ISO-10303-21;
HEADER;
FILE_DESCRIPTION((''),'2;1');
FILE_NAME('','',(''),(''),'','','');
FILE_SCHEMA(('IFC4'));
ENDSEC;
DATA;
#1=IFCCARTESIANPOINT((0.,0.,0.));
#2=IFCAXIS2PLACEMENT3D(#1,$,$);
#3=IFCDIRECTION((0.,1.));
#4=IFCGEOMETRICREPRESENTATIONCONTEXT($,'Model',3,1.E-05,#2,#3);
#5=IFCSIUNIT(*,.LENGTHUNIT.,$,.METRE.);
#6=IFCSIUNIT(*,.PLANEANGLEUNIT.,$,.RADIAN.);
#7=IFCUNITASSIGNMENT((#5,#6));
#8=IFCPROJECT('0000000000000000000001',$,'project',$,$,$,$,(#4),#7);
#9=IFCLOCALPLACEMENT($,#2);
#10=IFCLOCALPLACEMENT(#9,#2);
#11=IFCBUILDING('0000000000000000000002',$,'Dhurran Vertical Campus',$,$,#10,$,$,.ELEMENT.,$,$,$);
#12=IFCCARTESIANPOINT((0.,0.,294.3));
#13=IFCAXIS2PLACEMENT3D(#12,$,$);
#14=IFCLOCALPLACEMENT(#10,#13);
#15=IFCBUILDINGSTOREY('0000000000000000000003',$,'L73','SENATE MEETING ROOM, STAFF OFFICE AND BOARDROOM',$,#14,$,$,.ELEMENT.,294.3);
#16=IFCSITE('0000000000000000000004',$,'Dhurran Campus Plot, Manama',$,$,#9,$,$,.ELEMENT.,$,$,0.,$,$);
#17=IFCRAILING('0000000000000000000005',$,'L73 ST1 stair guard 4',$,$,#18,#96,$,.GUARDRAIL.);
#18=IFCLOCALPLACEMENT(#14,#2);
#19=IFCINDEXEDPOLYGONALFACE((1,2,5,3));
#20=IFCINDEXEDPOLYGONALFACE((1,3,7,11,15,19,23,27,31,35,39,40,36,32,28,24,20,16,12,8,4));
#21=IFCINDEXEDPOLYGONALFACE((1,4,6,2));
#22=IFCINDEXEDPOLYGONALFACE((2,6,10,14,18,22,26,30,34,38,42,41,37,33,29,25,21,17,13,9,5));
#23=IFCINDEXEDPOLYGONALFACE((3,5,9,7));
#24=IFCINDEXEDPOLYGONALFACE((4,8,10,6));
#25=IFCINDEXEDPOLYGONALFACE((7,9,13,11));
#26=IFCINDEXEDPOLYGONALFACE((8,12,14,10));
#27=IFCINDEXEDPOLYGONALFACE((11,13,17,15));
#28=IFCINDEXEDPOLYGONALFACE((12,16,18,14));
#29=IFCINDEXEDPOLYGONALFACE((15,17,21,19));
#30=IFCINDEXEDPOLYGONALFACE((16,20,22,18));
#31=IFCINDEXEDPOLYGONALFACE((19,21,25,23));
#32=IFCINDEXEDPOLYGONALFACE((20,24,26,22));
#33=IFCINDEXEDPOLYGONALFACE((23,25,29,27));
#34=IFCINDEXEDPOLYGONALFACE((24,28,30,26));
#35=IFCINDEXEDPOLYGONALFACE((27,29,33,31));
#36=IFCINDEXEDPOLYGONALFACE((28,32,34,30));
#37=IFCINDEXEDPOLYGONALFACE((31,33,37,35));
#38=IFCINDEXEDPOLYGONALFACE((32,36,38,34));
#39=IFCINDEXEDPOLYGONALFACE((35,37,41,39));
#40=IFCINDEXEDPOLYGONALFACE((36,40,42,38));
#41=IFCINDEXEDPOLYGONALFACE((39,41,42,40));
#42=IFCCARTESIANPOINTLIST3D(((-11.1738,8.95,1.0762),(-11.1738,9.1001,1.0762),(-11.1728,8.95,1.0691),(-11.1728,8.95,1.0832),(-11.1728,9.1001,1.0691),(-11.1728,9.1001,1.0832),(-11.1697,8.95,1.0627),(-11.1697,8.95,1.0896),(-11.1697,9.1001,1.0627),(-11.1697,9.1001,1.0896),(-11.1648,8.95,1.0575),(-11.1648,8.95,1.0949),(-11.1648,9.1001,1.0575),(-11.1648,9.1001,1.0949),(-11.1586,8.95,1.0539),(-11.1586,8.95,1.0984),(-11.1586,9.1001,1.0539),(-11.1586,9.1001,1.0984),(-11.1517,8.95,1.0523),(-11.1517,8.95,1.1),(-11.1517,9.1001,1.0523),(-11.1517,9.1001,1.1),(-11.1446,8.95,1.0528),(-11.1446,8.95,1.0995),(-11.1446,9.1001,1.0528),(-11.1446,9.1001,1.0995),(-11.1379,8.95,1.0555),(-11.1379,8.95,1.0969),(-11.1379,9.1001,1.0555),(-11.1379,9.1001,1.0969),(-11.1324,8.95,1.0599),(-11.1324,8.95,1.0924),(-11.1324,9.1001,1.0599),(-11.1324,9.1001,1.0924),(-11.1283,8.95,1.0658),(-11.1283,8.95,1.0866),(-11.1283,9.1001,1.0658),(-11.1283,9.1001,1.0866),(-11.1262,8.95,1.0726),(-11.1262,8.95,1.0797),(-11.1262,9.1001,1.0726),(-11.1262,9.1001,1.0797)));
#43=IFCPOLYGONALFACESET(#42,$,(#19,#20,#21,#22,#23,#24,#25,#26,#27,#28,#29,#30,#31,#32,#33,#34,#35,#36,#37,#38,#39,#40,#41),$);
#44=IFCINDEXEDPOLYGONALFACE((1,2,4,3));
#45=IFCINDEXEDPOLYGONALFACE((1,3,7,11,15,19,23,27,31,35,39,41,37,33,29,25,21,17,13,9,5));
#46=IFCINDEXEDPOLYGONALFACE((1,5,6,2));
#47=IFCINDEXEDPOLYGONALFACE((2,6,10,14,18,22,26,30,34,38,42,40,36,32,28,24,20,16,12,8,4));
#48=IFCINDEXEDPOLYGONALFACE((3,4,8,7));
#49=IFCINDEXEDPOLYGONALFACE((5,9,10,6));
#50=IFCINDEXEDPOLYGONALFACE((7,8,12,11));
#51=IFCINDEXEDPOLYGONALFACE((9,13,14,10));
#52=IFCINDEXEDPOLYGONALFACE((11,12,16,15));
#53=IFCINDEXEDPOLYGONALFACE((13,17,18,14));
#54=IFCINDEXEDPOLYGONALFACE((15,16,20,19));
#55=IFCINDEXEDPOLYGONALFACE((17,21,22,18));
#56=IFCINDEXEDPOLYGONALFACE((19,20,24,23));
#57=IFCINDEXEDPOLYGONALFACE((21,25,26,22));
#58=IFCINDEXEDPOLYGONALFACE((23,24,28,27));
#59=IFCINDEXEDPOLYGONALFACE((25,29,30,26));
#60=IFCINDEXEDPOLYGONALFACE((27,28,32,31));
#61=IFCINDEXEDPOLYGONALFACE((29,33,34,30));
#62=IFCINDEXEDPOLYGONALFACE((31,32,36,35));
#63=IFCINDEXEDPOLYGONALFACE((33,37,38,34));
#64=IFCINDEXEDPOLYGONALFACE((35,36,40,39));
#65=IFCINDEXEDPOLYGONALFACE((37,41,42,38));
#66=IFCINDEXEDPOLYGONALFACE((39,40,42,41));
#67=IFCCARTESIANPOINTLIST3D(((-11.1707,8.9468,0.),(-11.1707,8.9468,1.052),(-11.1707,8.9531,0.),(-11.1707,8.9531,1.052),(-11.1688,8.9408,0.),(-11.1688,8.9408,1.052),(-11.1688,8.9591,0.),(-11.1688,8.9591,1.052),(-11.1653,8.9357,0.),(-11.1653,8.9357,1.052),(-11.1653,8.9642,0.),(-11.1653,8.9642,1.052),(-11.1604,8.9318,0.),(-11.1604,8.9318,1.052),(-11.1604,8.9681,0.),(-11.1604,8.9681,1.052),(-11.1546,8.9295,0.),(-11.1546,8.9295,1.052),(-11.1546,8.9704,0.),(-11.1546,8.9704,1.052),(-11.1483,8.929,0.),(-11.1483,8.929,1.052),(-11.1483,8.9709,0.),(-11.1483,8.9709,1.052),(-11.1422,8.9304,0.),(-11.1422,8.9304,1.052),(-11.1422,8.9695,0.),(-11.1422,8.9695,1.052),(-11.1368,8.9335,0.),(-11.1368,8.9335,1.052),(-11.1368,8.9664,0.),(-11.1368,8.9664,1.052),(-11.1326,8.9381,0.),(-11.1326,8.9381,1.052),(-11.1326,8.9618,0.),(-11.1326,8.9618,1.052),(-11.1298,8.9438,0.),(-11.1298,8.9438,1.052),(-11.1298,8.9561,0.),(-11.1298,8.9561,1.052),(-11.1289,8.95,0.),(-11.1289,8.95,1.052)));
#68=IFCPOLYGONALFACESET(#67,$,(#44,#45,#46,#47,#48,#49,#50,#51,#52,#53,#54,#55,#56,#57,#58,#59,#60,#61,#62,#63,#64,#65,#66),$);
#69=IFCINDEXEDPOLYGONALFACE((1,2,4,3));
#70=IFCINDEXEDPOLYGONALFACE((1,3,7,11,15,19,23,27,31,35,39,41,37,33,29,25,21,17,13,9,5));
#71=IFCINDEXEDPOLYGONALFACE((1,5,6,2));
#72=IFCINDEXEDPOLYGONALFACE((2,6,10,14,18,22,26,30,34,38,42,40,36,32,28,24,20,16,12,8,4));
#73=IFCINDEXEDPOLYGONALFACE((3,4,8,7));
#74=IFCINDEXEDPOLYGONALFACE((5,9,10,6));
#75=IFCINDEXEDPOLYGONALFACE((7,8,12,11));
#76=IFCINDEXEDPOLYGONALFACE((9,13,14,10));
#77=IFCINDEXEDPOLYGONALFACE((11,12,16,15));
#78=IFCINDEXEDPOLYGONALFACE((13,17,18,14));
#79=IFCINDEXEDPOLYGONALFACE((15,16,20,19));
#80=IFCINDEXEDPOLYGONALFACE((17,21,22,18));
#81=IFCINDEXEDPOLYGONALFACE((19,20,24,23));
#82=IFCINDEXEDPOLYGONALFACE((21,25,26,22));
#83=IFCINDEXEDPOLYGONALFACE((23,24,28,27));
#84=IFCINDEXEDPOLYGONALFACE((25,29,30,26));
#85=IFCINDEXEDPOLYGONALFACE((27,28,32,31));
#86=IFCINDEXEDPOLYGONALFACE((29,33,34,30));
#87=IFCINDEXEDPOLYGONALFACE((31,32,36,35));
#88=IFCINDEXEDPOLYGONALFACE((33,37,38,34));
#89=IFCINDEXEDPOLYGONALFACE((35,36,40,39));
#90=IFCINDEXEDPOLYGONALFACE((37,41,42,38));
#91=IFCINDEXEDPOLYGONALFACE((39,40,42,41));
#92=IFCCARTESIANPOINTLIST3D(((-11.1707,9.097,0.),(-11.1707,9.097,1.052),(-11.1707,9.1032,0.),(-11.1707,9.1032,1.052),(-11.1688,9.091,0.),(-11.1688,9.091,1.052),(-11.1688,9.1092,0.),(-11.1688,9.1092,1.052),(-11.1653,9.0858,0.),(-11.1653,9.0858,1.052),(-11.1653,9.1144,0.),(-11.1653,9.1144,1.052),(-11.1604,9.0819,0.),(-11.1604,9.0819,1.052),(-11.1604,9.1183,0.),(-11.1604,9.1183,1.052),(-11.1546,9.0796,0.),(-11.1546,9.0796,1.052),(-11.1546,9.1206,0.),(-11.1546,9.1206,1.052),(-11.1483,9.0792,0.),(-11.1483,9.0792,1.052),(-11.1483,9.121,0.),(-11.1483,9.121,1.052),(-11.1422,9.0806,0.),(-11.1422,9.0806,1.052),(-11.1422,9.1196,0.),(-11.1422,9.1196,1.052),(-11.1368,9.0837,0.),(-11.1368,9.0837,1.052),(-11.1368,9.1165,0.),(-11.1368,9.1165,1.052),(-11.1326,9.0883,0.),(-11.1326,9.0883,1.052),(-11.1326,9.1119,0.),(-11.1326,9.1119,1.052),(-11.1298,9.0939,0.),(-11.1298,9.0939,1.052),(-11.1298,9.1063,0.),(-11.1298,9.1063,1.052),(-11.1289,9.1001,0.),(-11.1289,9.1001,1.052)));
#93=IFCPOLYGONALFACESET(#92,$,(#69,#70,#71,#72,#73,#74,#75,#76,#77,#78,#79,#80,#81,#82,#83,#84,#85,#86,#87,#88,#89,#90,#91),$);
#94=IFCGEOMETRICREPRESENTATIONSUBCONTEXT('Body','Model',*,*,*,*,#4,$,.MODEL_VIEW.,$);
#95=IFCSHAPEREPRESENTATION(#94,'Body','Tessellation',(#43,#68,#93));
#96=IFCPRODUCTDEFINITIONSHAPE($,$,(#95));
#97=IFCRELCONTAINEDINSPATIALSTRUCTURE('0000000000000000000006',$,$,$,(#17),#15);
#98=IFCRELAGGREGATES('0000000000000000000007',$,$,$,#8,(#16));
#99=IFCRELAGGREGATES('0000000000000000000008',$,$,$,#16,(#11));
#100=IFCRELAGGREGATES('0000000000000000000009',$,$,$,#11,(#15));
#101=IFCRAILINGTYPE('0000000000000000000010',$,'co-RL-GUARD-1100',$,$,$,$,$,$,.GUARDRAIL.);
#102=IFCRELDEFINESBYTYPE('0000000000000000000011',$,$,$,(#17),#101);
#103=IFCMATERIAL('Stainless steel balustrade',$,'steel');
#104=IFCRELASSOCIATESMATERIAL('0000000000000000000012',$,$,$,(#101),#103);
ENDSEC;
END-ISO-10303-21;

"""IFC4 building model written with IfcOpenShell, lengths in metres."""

from ifc_helpers import new_model, si_unit, direction, frame, origin, origin_2d, place, context, subcontext, project, spatial, circle, extrude, material, type_object, element, save


model = new_model("IFC4")

# Units and contexts
model_context = context("Model", 3, precision=1e-05, world=origin(), true_north=direction((0.0, 1.0)))
body_context = subcontext(model_context, "Body", "Model", "MODEL_VIEW")
ifc_project = project(units=[si_unit("LENGTHUNIT", "METRE"), si_unit("PLANEANGLEUNIT", "RADIAN")], contexts=[model_context])

# Site, building, storey
site_placement = place(None, origin())
site = spatial("IfcSite", under=ifc_project, at=site_placement, Name="Dhurran Campus Plot, Manama", CompositionType="ELEMENT", RefElevation=0.0)
building_placement = place(site_placement, origin())
building = spatial("IfcBuilding", under=site, at=building_placement, Name="Dhurran Vertical Campus", CompositionType="ELEMENT")
storey_placement = place(building_placement, frame((0.0, 0.0, 294.3)))
storey = spatial("IfcBuildingStorey", under=building, at=storey_placement, Name="L73", Description="SENATE MEETING ROOM, STAFF OFFICE AND BOARDROOM", CompositionType="ELEMENT", Elevation=294.3)

# Railing
ifc_material_1 = material(Name="Stainless steel balustrade", Category="steel")
railing_type_1 = type_object("IfcRailingType", Name="co-RL-GUARD-1100", PredefinedType="GUARDRAIL", material=ifc_material_1)
railing_1_placement = place(storey_placement, frame((-11.1499, 8.95, 0.0)))
element("IfcRailing", 1, at=railing_1_placement, inside=storey, type_object=railing_type_1, Name="L73 ST1 stair guard 4", PredefinedType="GUARDRAIL", context=body_context, shape_type="SweptSolid", body=[
    extrude(circle(Radius=0.0239, at=origin_2d()), frame((0.0, 0.0, 1.0762), z_axis=(0.0, 1.0, 0.0), x_axis=(-1.0, 0.0, 0.0)), (0.0, 0.0, 1.0), 0.1501),
    extrude(circle(Radius=0.021, at=origin_2d()), origin(), (0.0, 0.0, 1.0), 1.052),
    extrude(circle(Radius=0.021, at=origin_2d()), frame((0.0, 0.1501, 0.0)), (0.0, 0.0, 1.0), 1.052),
])

save(model, "model.ifc")
